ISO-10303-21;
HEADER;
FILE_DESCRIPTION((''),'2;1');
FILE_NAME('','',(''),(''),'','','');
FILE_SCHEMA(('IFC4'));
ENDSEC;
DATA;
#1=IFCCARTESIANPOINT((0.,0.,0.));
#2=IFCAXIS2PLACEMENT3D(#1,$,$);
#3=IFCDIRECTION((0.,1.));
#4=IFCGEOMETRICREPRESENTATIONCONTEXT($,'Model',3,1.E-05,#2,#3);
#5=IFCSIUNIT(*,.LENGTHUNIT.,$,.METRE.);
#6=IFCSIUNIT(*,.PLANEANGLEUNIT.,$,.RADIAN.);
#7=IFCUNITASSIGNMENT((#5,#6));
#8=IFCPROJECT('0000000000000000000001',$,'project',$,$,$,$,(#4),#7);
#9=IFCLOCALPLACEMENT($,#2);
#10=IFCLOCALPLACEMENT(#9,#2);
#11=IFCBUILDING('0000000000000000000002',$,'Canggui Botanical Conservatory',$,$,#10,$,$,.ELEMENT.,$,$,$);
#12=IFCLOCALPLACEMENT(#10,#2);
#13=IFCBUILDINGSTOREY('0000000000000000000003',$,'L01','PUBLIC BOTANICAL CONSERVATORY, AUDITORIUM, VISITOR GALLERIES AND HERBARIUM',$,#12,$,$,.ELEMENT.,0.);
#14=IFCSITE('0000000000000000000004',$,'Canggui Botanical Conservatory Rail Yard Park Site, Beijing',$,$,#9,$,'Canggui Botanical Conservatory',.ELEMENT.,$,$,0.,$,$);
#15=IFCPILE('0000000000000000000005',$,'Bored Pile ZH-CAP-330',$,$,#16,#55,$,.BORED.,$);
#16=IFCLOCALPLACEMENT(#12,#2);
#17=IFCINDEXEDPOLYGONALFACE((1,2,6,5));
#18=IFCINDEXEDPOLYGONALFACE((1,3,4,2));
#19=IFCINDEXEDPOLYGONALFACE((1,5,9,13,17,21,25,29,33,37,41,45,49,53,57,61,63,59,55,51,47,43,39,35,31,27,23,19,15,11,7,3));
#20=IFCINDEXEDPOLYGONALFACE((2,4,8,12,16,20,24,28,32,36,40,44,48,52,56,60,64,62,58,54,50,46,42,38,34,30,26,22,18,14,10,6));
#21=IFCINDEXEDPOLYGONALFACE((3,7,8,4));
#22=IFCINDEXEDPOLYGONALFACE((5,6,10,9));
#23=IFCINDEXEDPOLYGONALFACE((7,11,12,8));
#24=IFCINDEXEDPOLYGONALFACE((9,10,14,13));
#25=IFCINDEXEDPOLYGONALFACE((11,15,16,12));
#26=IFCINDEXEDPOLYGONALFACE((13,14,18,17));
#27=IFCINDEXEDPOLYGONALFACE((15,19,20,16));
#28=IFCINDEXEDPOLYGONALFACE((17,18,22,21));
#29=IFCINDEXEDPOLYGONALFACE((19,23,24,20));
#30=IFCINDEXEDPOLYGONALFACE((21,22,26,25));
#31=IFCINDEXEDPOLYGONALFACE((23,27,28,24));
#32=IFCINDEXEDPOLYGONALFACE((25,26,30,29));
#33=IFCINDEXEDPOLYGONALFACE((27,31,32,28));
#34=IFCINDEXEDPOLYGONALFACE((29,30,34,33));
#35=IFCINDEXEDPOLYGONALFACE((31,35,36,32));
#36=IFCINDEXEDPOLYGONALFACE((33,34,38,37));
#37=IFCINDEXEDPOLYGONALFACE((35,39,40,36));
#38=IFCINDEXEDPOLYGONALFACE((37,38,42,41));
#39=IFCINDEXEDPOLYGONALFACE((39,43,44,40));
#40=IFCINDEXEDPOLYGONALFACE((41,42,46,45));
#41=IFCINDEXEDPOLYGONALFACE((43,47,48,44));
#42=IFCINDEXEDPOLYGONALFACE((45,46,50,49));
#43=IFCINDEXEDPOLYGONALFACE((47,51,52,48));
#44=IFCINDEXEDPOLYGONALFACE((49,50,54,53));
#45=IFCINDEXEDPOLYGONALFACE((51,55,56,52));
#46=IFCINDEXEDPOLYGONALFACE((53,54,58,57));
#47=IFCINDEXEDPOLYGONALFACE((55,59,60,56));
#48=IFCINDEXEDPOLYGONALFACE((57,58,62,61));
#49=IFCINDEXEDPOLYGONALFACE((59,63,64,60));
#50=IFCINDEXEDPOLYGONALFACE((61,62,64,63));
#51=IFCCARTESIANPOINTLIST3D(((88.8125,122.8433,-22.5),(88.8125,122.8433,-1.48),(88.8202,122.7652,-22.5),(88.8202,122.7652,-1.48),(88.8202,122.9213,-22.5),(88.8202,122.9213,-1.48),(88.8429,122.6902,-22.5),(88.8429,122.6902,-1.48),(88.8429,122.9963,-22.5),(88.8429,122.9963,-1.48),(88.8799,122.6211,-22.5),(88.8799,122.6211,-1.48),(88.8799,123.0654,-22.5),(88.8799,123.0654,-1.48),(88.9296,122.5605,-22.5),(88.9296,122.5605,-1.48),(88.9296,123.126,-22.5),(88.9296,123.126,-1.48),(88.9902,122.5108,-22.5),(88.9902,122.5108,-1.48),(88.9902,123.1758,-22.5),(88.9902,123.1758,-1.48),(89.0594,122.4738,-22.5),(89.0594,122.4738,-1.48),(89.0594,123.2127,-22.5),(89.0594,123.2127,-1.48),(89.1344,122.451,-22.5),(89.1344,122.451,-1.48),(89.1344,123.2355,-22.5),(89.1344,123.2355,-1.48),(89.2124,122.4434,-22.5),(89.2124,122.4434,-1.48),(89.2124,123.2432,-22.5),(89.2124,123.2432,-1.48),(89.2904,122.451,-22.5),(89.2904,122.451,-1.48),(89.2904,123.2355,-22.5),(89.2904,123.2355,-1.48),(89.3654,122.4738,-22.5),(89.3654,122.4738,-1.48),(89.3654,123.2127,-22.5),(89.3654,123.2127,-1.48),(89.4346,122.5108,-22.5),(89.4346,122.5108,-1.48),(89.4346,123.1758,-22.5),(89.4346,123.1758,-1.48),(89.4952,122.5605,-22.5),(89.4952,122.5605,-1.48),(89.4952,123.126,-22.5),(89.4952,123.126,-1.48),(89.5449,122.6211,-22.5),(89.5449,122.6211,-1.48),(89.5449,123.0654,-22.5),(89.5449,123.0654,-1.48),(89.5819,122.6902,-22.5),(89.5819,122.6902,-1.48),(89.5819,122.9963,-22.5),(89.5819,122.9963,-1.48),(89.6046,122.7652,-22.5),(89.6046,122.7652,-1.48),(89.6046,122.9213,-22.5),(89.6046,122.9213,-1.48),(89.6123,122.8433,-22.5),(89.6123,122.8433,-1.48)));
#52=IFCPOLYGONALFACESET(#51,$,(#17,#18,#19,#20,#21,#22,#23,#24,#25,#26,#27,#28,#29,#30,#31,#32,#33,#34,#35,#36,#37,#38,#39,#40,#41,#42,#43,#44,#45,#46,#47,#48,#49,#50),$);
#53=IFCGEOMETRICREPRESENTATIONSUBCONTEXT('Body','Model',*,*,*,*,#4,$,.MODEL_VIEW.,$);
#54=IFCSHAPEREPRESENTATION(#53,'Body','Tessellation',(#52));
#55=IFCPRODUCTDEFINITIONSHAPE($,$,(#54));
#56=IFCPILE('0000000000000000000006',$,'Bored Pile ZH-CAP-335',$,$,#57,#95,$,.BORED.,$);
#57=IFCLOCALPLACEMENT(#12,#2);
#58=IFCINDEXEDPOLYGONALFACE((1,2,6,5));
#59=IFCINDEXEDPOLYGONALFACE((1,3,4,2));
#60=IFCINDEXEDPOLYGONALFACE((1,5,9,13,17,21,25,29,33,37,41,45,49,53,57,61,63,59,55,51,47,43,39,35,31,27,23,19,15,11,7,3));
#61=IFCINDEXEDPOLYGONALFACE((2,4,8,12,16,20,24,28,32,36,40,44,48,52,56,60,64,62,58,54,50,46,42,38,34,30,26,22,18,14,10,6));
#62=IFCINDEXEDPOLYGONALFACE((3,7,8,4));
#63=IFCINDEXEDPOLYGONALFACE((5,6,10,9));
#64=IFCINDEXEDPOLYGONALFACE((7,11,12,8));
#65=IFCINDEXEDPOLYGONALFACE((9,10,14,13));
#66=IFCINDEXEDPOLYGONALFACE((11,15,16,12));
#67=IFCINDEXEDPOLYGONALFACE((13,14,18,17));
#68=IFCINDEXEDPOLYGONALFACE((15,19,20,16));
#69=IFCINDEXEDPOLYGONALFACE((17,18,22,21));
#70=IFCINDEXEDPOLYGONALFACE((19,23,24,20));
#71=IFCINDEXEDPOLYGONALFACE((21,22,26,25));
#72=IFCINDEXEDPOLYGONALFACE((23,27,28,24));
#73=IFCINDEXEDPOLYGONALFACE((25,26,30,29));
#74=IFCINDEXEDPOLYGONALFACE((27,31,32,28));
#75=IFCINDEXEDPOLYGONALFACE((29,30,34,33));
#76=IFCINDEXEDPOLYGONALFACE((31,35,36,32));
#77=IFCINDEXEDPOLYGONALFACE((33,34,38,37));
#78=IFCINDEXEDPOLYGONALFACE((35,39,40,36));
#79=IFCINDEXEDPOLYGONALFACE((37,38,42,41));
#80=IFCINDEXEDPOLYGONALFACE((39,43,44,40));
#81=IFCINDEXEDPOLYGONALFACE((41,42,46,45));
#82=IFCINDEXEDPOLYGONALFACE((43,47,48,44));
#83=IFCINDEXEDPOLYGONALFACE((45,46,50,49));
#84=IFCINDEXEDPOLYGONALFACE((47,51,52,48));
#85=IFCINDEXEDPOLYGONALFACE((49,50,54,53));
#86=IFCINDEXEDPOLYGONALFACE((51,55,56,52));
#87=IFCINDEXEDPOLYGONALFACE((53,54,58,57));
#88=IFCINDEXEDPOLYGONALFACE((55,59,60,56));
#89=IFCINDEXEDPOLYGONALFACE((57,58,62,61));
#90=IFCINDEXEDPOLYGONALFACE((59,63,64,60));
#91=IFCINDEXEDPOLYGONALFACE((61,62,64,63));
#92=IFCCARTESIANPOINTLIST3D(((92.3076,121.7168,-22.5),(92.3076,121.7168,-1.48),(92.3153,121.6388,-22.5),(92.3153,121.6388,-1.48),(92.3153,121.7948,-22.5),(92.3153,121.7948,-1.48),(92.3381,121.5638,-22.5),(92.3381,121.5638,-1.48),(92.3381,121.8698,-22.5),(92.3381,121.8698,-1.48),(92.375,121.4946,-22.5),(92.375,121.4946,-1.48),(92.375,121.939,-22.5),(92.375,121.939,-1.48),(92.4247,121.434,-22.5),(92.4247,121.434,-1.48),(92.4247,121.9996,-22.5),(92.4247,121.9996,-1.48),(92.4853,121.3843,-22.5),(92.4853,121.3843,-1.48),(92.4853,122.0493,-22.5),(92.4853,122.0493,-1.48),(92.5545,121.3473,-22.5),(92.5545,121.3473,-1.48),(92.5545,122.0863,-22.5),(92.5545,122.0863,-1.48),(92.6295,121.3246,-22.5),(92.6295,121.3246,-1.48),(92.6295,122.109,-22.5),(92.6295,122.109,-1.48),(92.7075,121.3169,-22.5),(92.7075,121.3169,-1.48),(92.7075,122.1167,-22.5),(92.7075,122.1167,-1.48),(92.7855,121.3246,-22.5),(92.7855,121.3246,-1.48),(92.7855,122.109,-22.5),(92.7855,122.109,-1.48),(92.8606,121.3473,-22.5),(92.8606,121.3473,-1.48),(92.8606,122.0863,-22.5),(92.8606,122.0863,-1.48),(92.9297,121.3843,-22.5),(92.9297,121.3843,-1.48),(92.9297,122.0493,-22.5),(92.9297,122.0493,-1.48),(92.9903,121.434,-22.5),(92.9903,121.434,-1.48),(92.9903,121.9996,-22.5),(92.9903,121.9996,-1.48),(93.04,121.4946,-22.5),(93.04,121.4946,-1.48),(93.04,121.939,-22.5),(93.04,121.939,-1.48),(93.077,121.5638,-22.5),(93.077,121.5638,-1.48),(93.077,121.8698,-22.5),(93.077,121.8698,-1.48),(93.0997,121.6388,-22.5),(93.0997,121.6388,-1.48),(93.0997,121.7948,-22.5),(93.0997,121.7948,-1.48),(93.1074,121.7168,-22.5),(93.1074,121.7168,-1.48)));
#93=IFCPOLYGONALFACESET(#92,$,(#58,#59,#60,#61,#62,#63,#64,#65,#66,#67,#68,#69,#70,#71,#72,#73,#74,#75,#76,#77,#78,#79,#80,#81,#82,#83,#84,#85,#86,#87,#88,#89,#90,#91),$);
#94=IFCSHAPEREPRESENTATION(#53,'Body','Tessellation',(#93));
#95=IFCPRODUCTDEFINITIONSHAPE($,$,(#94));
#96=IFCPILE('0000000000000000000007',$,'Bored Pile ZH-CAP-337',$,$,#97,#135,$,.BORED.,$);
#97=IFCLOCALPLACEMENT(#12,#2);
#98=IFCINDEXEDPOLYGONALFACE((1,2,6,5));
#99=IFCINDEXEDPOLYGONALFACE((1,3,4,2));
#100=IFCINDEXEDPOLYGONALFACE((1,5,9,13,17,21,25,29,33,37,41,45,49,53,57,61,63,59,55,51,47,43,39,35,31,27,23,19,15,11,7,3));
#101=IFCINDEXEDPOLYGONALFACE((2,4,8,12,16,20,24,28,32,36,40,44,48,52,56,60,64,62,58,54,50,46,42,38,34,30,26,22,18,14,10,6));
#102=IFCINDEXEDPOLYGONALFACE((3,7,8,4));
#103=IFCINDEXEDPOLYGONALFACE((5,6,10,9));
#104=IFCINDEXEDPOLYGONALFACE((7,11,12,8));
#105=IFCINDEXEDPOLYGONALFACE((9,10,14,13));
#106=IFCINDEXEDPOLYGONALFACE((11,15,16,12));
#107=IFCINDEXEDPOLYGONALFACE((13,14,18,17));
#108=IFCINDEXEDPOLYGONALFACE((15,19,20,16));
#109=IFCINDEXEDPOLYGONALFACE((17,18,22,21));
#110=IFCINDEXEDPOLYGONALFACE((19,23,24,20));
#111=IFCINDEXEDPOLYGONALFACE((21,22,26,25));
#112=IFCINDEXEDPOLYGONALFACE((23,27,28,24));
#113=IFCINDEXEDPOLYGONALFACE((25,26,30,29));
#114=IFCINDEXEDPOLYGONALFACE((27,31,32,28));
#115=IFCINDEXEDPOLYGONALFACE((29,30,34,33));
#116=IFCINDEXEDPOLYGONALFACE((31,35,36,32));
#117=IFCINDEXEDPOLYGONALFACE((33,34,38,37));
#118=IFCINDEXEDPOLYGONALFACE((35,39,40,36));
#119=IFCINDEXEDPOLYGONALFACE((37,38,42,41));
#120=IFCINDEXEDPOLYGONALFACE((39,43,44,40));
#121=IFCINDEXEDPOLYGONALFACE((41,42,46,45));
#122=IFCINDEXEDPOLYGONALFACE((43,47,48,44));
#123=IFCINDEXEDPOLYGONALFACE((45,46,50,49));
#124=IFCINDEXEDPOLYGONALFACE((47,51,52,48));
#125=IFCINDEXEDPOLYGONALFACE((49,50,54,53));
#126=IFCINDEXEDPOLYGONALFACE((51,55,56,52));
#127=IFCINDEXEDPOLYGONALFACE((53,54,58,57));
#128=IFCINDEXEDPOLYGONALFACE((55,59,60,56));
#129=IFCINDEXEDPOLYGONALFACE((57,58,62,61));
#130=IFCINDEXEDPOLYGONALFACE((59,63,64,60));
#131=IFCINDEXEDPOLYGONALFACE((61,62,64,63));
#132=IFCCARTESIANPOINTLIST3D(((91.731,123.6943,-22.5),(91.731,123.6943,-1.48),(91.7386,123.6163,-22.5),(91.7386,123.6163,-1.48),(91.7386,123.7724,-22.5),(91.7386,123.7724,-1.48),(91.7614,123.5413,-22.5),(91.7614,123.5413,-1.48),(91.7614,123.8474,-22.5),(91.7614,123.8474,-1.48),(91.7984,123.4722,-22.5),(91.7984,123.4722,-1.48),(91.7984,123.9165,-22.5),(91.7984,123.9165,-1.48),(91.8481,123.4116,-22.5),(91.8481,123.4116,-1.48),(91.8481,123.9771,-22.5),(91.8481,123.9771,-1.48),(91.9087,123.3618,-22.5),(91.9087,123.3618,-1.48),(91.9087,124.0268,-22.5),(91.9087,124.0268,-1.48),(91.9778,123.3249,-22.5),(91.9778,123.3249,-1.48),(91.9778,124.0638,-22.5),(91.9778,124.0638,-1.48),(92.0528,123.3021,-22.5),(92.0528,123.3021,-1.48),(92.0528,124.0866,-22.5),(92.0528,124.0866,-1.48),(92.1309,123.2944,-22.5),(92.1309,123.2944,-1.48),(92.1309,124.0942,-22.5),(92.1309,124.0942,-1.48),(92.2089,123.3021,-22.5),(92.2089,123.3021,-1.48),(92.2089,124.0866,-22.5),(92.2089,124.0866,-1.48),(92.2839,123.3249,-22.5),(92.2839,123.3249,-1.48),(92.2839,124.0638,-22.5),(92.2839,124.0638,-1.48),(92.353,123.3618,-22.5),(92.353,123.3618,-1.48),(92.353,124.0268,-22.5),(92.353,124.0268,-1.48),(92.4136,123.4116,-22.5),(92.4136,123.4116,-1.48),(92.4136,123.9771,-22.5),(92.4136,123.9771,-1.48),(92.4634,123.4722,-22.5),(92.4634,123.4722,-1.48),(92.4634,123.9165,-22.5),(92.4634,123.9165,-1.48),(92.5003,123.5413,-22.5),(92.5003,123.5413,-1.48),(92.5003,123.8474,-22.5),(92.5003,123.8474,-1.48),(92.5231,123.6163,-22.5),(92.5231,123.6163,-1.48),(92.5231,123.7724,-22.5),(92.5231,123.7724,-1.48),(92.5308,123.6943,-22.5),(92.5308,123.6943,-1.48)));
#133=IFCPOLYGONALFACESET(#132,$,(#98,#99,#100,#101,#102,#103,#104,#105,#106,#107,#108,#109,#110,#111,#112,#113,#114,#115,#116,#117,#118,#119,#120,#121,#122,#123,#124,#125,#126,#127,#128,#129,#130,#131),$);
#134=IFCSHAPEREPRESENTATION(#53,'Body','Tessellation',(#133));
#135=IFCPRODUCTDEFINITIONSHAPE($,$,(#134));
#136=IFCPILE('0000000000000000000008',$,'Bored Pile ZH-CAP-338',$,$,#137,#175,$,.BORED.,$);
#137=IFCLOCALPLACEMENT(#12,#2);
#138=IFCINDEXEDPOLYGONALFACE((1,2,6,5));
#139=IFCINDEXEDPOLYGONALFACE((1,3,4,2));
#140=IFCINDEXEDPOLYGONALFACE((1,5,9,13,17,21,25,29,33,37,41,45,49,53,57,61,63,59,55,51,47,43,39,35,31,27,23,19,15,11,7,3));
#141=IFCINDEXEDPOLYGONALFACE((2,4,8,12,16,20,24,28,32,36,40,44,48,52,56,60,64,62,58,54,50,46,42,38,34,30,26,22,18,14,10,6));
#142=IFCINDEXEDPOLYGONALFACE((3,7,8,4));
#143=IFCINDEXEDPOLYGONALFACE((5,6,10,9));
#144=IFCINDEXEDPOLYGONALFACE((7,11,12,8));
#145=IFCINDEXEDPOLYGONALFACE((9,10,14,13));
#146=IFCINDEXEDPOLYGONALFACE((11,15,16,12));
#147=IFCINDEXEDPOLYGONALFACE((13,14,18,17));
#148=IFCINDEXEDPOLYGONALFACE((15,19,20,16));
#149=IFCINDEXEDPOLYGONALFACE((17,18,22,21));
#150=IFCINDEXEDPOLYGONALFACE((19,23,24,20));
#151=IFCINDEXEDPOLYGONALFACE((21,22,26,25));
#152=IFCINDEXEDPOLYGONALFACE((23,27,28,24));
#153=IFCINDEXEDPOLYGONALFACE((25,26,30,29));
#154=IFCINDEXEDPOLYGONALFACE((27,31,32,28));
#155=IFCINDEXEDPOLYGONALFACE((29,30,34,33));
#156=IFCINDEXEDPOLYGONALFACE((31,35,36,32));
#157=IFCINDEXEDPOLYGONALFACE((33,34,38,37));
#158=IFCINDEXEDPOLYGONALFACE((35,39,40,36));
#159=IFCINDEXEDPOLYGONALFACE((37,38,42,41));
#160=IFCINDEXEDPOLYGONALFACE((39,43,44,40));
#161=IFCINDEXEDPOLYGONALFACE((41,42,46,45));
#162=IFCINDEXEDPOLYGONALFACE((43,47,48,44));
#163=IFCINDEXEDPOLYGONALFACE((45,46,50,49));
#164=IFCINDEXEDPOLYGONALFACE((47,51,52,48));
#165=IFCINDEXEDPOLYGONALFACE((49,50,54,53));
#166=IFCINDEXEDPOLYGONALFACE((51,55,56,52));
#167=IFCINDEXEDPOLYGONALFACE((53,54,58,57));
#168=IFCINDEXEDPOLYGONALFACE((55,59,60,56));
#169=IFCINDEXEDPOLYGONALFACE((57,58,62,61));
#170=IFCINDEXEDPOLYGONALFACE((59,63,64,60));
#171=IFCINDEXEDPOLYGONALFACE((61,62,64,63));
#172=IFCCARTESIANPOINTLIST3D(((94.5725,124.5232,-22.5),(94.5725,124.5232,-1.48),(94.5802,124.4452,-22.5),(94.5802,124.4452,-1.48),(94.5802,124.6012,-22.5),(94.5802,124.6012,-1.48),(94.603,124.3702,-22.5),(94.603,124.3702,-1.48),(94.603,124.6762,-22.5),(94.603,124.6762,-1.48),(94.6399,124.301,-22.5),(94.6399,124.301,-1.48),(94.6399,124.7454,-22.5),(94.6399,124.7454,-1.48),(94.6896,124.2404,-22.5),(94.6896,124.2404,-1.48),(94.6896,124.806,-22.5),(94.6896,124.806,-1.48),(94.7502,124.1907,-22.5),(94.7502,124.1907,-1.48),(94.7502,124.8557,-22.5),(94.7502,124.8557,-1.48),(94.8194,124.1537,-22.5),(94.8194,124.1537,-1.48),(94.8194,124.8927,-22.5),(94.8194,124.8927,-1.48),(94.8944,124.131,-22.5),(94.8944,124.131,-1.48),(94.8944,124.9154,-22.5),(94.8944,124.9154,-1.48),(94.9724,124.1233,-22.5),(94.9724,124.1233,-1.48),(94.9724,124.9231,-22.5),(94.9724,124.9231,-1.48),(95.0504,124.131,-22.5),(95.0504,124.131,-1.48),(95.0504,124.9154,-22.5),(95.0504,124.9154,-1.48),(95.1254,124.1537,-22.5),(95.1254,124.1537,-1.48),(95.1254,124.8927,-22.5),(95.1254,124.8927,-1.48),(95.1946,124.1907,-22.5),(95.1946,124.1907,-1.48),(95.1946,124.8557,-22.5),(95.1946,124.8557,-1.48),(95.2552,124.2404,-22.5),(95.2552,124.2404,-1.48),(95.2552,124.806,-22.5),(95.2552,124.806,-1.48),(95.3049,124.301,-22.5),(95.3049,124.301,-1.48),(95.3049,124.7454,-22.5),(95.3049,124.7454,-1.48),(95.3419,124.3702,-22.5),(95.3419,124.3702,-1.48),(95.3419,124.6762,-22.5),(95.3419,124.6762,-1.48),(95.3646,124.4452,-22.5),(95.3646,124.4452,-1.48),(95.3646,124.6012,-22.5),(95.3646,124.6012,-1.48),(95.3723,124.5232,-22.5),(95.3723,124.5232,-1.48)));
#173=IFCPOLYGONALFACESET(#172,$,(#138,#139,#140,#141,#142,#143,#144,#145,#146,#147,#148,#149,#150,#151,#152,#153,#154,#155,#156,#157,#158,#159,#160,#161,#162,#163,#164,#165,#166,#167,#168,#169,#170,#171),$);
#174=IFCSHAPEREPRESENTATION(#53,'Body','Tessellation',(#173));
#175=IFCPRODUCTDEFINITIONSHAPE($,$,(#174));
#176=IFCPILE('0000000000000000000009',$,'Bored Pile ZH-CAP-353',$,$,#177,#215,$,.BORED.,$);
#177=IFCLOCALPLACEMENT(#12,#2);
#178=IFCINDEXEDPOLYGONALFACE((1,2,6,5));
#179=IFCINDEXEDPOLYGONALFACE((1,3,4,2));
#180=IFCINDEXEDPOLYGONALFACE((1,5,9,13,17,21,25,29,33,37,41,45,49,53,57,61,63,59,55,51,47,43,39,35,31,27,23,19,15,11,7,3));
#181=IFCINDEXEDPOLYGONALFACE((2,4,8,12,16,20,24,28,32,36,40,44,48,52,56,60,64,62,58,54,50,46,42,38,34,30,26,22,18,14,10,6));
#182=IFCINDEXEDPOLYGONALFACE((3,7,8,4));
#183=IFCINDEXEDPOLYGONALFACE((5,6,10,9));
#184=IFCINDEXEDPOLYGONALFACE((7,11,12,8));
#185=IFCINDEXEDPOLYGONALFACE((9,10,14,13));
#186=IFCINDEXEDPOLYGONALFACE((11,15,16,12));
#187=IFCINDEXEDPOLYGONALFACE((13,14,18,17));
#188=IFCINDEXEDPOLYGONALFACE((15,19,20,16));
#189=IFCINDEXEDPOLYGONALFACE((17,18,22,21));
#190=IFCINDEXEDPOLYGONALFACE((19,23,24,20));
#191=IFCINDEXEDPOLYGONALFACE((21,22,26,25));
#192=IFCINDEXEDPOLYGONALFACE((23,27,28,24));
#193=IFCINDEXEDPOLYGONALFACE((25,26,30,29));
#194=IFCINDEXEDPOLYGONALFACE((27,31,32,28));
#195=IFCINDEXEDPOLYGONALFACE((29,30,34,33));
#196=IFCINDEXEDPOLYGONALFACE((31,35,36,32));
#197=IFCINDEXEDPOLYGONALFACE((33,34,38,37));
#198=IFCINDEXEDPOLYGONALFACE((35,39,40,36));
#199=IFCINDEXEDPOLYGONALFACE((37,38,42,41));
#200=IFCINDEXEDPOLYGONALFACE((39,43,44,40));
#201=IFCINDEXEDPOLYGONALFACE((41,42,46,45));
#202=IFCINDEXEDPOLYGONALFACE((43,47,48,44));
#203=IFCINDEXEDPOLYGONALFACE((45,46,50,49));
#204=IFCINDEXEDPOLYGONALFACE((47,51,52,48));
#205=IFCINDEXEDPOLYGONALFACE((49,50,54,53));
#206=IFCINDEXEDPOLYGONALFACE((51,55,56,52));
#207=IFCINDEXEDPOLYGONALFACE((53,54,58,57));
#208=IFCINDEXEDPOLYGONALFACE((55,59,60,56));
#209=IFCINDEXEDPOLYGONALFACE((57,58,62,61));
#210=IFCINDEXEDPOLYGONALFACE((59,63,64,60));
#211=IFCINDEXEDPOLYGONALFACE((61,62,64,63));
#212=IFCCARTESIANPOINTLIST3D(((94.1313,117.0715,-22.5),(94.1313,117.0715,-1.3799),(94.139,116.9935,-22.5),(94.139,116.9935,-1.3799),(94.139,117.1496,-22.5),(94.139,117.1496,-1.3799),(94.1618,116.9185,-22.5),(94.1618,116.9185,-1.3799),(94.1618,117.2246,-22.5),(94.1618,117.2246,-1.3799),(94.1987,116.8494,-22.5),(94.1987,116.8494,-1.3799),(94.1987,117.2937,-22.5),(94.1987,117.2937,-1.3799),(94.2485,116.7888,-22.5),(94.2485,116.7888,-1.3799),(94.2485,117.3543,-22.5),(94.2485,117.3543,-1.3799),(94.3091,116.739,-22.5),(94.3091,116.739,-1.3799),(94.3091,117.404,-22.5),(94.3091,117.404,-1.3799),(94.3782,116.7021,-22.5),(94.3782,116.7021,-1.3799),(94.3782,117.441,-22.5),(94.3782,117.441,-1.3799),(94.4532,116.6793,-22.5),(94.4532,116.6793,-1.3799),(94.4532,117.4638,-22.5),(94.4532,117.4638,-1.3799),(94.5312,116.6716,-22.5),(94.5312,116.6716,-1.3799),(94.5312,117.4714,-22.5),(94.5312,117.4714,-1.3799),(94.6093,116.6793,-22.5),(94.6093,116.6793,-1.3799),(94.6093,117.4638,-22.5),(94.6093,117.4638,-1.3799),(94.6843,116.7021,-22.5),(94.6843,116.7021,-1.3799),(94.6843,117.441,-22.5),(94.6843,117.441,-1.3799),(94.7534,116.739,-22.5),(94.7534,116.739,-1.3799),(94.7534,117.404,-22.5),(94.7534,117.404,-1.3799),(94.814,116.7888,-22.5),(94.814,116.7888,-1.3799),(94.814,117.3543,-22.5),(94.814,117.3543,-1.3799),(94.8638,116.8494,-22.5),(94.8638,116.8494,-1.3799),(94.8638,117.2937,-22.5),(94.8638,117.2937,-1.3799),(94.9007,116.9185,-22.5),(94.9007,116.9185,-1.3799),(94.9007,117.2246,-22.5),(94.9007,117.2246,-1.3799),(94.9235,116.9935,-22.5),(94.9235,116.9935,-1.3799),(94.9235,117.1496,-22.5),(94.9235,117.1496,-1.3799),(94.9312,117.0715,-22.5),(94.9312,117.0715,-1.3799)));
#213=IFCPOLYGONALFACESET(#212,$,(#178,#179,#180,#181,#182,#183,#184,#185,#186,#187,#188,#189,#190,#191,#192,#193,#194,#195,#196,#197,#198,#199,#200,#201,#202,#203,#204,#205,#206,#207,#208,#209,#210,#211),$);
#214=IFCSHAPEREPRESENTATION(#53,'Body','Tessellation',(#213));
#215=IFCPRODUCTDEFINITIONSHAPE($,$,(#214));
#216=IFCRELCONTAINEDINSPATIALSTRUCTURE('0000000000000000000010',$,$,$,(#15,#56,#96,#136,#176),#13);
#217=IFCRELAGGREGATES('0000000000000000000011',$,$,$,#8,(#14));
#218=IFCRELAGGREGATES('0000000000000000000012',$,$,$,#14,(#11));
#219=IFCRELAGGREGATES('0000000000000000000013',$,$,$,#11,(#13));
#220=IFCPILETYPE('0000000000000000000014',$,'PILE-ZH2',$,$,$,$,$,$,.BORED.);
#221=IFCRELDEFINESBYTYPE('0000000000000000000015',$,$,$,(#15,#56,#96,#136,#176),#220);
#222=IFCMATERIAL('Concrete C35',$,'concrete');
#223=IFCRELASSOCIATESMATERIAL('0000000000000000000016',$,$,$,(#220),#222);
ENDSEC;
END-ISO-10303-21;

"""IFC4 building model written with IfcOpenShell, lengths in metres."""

from ifc_helpers import new_model, si_unit, direction, frame, origin, origin_2d, place, context, subcontext, project, spatial, circle, extrude, material, material_profile, profile_set, type_object, element, save


model = new_model("IFC4")

# Units and contexts
model_context = context("Model", 3, precision=1e-05, world=origin(), true_north=direction((0.0, 1.0)))
body_context = subcontext(model_context, "Body", "Model", "MODEL_VIEW")
ifc_project = project(units=[si_unit("LENGTHUNIT", "METRE"), si_unit("PLANEANGLEUNIT", "RADIAN")], contexts=[model_context])

# Site, building, storey
site_placement = place(None, origin())
site = spatial("IfcSite", under=ifc_project, at=site_placement, Name="Canggui Botanical Conservatory Rail Yard Park Site, Beijing", LongName="Canggui Botanical Conservatory", CompositionType="ELEMENT", RefElevation=0.0)
building_placement = place(site_placement, origin())
building = spatial("IfcBuilding", under=site, at=building_placement, Name="Canggui Botanical Conservatory", CompositionType="ELEMENT")
storey_placement = place(building_placement, origin())
storey = spatial("IfcBuildingStorey", under=building, at=storey_placement, Name="L01", Description="PUBLIC BOTANICAL CONSERVATORY, AUDITORIUM, VISITOR GALLERIES AND HERBARIUM", CompositionType="ELEMENT", Elevation=0.0)

# Shared definitions
ifc_material_1 = material(Name="Concrete C35", Category="concrete")

# Piles
ifc_material_profile_1 = material_profile(ifc_material_1, circle(Radius=0.3999, at=origin_2d()), Name="PILE D800")
ifc_profile_set_1 = profile_set([ifc_material_profile_1], Name="Concrete C35")
pile_type = type_object("IfcPileType", Name="PILE-ZH2", PredefinedType="BORED", material=ifc_profile_set_1)
for number, where, z_axis, x_axis, name in (
    (1, (89.2124, 122.8433, -1.48), (0.0, 0.0, -1.0), (1.0, 0.0, 0.0), "Bored Pile ZH-CAP-330"),
    (2, (92.7075, 121.7168, -1.48), (0.0, 0.0, -1.0), (1.0, 0.0, 0.0), "Bored Pile ZH-CAP-335"),
    (3, (92.1309, 123.6943, -1.48), (0.0, 0.0, -1.0), (1.0, 0.0, 0.0), "Bored Pile ZH-CAP-337"),
    (4, (94.9724, 124.5232, -1.48), (0.0, 0.0, -1.0), (1.0, 0.0, 0.0), "Bored Pile ZH-CAP-338"),
):
    element("IfcPile", number, at=place(storey_placement, frame(where, z_axis=z_axis, x_axis=x_axis)), inside=storey, type_object=pile_type, Name=name, PredefinedType="BORED", context=body_context, shape_type="SweptSolid", body=[
        extrude(circle(Radius=0.3999, at=origin_2d()), origin(), (0.0, 0.0, 1.0), 21.02),
    ])
pile_placement = place(storey_placement, frame((94.5312, 117.0715, -1.3799), z_axis=(0.0, 0.0, -1.0), x_axis=(1.0, 0.0, 0.0)))
element("IfcPile", 5, at=pile_placement, inside=storey, type_object=pile_type, Name="Bored Pile ZH-CAP-353", PredefinedType="BORED", context=body_context, shape_type="SweptSolid", body=[
    extrude(circle(Radius=0.3999, at=origin_2d()), origin(), (0.0, 0.0, 1.0), 21.1201),
])

save(model, "model.ifc")
